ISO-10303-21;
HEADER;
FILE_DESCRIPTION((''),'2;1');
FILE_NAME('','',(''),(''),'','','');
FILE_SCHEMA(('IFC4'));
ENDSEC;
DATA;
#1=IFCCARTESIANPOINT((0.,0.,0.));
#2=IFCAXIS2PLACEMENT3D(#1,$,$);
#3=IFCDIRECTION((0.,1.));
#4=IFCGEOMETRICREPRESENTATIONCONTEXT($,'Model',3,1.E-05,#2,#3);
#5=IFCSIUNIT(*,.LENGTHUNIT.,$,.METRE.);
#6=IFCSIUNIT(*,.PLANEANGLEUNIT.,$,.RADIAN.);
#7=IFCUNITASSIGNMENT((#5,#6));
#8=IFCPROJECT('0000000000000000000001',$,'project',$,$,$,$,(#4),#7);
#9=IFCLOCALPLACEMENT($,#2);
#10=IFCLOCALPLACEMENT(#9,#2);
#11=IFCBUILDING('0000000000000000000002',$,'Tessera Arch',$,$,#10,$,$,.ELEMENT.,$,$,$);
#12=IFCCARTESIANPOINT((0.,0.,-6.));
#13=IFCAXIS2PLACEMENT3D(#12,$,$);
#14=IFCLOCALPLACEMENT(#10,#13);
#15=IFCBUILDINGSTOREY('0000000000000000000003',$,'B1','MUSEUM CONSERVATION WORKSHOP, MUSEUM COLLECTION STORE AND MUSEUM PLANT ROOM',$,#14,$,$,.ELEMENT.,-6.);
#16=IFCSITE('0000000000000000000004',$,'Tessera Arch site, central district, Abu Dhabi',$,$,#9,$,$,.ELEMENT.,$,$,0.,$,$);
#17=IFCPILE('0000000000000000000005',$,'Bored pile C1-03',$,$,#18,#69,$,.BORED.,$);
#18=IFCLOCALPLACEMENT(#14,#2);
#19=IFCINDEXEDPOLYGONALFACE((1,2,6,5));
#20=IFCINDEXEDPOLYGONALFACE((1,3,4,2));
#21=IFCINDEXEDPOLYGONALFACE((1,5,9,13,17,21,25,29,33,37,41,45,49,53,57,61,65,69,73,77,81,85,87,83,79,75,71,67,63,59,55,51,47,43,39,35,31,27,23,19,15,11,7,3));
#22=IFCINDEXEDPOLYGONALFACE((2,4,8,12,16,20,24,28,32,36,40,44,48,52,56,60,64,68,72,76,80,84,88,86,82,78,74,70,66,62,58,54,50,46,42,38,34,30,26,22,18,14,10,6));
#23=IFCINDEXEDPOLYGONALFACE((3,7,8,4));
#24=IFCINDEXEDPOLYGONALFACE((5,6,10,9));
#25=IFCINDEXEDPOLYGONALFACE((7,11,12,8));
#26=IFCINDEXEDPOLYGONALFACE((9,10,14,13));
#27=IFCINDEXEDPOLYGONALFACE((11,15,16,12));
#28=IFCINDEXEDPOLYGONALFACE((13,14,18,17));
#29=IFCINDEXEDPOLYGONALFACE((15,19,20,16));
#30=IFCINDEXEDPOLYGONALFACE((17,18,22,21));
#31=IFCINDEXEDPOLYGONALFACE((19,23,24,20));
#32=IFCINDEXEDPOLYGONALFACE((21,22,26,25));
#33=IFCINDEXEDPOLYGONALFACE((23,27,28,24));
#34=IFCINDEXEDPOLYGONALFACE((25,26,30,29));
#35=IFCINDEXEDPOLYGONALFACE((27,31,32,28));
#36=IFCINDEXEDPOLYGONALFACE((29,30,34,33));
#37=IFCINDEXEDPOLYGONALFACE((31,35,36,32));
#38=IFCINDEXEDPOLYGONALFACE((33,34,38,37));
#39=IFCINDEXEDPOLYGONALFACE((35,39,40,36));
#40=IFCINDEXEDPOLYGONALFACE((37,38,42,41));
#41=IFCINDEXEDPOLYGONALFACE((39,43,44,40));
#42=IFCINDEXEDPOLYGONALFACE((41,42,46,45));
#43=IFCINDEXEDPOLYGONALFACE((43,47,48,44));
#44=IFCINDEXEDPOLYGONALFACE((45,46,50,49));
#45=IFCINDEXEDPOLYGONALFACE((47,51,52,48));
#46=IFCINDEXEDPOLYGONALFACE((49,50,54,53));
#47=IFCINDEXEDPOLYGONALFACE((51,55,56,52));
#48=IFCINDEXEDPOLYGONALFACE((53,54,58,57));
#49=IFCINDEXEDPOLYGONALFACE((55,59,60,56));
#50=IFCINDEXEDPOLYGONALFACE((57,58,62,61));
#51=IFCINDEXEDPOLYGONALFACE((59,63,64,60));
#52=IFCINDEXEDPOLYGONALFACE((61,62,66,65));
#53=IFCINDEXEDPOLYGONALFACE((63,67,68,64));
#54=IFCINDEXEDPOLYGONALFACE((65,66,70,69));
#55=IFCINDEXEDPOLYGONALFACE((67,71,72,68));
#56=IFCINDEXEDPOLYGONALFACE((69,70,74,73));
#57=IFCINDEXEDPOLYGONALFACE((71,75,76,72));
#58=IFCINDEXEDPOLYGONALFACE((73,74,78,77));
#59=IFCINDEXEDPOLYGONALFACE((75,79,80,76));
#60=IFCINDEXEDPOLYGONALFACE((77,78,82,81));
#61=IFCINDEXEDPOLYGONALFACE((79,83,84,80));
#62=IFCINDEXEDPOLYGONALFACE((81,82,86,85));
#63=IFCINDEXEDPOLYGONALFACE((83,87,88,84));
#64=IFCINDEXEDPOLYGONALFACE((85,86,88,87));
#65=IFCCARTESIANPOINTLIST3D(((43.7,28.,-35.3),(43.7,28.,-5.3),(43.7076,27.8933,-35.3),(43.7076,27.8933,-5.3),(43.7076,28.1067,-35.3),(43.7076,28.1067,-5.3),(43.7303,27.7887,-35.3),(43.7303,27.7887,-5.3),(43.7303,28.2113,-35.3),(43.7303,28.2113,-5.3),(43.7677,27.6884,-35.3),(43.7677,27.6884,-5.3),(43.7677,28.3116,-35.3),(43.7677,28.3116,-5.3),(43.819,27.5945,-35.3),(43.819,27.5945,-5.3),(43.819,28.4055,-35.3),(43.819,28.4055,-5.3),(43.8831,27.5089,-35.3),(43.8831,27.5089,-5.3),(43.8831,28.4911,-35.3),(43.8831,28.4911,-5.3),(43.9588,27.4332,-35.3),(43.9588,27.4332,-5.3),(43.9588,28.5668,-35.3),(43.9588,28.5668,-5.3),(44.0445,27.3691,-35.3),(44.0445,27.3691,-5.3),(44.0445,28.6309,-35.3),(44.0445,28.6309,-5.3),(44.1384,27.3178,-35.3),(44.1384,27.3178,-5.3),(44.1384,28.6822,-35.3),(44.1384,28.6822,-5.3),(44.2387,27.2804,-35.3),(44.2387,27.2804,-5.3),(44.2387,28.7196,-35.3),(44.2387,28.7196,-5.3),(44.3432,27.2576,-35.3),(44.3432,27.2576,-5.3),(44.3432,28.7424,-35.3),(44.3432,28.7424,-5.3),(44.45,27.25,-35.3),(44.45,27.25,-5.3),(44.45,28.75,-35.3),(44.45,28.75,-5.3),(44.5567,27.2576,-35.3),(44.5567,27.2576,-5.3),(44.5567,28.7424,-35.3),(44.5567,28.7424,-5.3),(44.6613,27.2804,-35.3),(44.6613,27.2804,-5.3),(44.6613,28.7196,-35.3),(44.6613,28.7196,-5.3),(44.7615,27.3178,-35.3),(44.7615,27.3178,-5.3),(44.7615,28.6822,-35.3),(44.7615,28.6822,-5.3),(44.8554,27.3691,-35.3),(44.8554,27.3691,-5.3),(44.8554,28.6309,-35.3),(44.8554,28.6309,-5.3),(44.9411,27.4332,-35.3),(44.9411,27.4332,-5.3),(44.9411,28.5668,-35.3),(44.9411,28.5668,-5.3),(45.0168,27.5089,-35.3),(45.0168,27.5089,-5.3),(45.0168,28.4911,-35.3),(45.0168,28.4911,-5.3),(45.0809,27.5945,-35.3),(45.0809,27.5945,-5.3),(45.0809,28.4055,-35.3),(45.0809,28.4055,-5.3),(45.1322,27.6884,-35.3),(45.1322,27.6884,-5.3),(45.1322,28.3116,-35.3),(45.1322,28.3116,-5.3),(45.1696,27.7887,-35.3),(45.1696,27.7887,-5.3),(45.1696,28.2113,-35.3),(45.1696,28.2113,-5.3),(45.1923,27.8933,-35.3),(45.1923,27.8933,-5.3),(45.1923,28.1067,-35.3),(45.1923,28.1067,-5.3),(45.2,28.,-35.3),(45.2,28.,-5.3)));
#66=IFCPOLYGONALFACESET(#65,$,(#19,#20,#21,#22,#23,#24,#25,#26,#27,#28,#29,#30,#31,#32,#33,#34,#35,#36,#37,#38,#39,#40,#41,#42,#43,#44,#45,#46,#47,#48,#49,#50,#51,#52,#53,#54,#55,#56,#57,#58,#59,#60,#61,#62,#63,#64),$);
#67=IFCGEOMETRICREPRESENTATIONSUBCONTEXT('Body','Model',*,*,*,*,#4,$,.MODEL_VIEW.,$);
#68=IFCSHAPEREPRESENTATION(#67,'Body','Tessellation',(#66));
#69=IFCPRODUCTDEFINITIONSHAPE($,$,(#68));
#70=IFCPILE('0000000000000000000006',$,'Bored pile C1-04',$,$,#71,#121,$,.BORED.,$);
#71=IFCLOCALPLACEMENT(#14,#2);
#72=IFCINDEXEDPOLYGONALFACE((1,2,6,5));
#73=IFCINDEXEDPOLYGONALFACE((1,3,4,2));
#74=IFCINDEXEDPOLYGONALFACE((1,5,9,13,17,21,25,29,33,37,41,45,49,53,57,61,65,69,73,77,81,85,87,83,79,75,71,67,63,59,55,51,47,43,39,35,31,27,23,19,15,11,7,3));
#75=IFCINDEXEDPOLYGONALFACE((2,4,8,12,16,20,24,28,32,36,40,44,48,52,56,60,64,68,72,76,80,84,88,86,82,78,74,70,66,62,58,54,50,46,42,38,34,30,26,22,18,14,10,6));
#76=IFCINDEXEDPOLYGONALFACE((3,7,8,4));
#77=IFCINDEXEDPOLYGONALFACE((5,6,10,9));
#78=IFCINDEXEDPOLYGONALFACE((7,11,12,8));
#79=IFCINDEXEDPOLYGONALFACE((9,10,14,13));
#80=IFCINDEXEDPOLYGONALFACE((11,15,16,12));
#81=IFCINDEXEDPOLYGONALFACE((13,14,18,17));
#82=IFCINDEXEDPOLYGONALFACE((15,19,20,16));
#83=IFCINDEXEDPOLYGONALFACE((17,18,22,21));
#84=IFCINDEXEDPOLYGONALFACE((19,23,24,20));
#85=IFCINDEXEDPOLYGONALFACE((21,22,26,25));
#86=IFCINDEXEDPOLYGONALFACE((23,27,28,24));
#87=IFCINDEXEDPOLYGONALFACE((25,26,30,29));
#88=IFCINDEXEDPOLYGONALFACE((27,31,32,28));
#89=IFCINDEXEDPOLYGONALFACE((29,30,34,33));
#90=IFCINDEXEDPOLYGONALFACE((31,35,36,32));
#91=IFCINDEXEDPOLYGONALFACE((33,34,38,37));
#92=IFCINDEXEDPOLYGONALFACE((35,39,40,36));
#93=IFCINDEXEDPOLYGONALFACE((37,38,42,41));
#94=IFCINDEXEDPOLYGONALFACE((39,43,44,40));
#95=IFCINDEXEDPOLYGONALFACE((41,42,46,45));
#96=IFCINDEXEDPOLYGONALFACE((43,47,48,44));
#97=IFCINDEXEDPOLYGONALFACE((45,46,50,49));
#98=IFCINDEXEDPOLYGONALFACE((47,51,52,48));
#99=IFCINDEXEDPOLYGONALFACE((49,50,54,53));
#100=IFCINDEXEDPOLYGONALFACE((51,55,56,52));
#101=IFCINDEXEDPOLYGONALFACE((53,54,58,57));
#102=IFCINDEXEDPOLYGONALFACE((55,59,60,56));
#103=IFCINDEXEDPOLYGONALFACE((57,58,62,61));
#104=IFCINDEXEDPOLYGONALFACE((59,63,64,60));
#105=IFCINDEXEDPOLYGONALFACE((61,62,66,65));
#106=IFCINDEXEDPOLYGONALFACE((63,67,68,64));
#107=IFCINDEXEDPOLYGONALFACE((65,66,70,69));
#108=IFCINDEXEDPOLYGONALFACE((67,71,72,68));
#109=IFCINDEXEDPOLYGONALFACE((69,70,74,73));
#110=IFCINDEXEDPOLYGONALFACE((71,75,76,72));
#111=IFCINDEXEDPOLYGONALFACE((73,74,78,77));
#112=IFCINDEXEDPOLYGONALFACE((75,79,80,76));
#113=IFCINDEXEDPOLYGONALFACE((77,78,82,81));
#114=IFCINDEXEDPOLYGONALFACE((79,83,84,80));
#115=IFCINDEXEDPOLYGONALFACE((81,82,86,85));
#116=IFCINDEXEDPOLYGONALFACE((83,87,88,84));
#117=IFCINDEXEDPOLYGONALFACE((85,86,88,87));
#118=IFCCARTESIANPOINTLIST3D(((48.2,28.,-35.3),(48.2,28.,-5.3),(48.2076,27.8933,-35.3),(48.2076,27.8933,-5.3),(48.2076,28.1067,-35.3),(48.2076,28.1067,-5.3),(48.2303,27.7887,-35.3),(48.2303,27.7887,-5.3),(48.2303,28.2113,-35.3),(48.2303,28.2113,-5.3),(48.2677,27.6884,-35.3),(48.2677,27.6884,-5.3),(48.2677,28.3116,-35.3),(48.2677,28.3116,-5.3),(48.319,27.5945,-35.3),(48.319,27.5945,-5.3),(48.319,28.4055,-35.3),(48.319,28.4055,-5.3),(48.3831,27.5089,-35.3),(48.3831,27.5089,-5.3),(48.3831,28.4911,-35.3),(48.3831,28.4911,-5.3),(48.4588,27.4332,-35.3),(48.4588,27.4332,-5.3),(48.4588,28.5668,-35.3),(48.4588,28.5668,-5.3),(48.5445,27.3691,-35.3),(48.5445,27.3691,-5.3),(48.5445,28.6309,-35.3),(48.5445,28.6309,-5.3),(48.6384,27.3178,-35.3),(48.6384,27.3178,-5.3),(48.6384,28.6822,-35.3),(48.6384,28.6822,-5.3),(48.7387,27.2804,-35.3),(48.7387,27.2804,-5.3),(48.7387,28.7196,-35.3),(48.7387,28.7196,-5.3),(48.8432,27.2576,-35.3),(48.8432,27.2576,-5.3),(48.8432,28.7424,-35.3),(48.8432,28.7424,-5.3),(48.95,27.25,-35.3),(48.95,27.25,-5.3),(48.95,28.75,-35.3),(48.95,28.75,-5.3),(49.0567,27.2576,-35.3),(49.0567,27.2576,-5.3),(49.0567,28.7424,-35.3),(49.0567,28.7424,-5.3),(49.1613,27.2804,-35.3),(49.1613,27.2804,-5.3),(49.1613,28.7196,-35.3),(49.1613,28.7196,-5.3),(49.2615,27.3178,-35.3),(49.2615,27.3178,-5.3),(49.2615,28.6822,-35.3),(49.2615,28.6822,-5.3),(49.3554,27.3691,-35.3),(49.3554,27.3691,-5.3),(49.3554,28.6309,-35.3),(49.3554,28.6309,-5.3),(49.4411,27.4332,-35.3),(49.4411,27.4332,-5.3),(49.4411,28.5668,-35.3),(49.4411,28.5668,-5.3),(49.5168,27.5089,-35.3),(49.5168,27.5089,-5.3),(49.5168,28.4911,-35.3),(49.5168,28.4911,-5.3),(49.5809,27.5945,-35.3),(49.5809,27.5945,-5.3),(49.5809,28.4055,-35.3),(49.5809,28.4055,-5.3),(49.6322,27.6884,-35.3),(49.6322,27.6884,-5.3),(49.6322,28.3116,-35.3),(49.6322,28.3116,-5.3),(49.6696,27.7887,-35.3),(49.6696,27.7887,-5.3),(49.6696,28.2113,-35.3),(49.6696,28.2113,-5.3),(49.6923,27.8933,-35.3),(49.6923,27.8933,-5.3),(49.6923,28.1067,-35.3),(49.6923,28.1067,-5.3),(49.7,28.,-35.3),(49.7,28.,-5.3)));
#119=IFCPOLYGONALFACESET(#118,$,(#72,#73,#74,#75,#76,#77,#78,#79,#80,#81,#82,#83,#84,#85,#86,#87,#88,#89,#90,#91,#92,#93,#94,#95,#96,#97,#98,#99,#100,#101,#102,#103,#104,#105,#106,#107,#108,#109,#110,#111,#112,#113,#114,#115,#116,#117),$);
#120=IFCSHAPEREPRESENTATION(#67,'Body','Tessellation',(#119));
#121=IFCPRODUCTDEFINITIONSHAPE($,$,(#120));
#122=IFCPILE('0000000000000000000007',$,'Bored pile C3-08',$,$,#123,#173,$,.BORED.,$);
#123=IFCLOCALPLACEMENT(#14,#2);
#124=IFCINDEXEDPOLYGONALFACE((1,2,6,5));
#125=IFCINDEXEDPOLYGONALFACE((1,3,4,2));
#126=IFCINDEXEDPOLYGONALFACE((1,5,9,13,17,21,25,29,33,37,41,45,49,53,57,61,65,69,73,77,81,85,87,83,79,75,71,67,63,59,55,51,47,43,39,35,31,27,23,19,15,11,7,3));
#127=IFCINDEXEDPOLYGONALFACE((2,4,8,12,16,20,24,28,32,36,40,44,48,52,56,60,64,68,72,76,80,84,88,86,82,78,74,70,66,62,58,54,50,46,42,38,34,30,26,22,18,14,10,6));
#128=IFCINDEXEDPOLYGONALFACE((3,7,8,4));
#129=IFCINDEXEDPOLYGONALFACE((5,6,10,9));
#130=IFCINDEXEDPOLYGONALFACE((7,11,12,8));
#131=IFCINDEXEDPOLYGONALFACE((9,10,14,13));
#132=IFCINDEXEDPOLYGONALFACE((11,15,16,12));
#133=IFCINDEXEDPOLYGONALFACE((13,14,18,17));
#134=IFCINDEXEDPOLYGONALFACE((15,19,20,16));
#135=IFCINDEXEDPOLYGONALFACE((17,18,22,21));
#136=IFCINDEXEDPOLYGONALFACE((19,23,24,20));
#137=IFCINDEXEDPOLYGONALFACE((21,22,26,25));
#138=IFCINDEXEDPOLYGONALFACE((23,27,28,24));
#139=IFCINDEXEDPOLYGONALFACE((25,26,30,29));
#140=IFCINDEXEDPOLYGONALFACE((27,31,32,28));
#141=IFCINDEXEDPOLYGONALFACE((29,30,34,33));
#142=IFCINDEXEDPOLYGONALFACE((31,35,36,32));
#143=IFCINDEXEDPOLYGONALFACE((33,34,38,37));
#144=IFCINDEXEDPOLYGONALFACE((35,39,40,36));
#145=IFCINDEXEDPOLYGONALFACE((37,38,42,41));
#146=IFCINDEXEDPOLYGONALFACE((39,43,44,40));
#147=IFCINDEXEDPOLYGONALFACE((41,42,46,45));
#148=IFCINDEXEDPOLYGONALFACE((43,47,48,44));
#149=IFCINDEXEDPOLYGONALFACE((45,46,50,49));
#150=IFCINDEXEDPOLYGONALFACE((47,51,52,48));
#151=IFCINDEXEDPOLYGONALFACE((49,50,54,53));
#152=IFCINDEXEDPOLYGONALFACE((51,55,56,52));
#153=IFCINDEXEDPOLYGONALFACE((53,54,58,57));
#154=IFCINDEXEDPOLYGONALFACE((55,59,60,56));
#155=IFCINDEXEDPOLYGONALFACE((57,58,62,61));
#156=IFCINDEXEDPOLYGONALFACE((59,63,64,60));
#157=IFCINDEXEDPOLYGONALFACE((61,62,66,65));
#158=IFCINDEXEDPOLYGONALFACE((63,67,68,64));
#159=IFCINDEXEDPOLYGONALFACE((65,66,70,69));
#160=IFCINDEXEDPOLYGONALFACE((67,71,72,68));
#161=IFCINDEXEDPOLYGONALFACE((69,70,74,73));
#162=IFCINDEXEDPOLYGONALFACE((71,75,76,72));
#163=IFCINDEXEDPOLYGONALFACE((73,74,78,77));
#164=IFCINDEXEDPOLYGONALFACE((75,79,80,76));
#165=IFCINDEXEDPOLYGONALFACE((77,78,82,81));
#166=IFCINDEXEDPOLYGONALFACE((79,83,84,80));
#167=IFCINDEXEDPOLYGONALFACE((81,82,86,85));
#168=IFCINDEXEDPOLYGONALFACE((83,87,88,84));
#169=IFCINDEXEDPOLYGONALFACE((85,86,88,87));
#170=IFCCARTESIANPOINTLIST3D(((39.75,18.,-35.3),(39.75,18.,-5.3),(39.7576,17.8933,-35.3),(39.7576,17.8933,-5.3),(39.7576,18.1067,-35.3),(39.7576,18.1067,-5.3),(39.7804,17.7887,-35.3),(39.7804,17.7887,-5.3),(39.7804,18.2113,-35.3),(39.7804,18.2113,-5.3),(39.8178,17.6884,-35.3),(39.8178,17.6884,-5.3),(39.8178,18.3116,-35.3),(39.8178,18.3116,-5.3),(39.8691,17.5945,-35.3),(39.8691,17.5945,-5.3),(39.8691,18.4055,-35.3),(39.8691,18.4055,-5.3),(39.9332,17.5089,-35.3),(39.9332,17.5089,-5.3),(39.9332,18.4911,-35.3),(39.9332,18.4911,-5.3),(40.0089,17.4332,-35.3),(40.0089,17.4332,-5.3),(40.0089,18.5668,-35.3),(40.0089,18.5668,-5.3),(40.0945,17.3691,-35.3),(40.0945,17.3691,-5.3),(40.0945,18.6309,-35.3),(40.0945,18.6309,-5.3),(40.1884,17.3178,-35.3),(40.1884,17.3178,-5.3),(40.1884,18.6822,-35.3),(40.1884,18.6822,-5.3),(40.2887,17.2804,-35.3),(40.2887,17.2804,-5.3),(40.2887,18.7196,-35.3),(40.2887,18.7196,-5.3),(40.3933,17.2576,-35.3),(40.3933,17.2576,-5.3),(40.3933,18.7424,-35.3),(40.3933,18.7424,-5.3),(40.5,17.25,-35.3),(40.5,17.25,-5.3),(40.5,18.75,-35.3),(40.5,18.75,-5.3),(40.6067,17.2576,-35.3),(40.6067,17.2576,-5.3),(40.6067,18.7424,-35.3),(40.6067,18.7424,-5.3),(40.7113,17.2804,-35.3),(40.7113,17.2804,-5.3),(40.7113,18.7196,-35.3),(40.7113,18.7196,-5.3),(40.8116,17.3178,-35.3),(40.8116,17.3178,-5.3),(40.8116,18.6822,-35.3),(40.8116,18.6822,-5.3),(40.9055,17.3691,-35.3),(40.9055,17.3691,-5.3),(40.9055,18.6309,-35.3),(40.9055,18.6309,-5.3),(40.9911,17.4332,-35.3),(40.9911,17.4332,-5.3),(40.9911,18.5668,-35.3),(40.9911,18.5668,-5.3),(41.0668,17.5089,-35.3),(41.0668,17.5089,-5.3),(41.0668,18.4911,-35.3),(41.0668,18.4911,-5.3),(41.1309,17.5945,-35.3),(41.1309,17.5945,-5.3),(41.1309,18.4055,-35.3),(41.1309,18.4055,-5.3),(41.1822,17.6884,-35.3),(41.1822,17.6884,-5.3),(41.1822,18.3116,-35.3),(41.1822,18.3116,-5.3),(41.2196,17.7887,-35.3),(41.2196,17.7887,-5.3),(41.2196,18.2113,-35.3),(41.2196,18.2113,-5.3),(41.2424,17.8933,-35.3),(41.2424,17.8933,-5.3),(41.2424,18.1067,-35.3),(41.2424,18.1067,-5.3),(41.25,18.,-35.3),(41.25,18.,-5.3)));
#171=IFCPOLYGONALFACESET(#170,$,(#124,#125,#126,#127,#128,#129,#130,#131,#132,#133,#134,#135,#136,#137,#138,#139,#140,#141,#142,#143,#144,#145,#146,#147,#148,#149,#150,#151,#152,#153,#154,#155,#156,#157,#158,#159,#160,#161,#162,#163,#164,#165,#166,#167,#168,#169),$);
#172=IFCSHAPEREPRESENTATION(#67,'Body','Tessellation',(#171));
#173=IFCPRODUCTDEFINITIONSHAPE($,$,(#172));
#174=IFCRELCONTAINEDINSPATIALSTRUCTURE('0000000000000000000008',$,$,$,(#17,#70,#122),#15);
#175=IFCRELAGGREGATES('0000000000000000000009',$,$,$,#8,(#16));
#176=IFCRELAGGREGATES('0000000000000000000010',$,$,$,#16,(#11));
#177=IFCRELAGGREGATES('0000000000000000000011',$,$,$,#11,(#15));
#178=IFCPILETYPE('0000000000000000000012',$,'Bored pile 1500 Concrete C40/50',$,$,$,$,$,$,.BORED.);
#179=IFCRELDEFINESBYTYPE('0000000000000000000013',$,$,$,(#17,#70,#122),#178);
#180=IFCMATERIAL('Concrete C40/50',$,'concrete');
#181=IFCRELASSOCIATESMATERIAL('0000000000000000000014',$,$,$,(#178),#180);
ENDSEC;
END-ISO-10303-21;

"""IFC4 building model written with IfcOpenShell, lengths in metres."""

from ifc_helpers import new_model, si_unit, direction, frame, origin, origin_2d, place, context, subcontext, project, spatial, circle, extrude, material, type_object, element, save


model = new_model("IFC4")

# Units and contexts
model_context = context("Model", 3, precision=1e-05, world=origin(), true_north=direction((0.0, 1.0)))
body_context = subcontext(model_context, "Body", "Model", "MODEL_VIEW")
ifc_project = project(units=[si_unit("LENGTHUNIT", "METRE"), si_unit("PLANEANGLEUNIT", "RADIAN")], contexts=[model_context])

# Site, building, storey
site_placement = place(None, origin())
site = spatial("IfcSite", under=ifc_project, at=site_placement, Name="Tessera Arch site, central district, Abu Dhabi", CompositionType="ELEMENT", RefElevation=0.0)
building_placement = place(site_placement, origin())
building = spatial("IfcBuilding", under=site, at=building_placement, Name="Tessera Arch", CompositionType="ELEMENT")
storey_placement = place(building_placement, frame((0.0, 0.0, -6.0)))
storey = spatial("IfcBuildingStorey", under=building, at=storey_placement, Name="B1", Description="MUSEUM CONSERVATION WORKSHOP, MUSEUM COLLECTION STORE AND MUSEUM PLANT ROOM", CompositionType="ELEMENT", Elevation=-6.0)

# Piles
ifc_material_1 = material(Name="Concrete C40/50", Category="concrete")
pile_type = type_object("IfcPileType", Name="Bored pile 1500 Concrete C40/50", PredefinedType="BORED", material=ifc_material_1)
for number, where, z_axis, x_axis, name in (
    (1, (44.45, 28.0, -5.3), (0.0, 0.0, -1.0), (1.0, 0.0, 0.0), "Bored pile C1-03"),
    (2, (48.95, 28.0, -5.3), (0.0, 0.0, -1.0), (1.0, 0.0, 0.0), "Bored pile C1-04"),
    (3, (40.5, 18.0, -5.3), (0.0, 0.0, -1.0), (1.0, 0.0, 0.0), "Bored pile C3-08"),
):
    element("IfcPile", number, at=place(storey_placement, frame(where, z_axis=z_axis, x_axis=x_axis)), inside=storey, type_object=pile_type, Name=name, PredefinedType="BORED", context=body_context, shape_type="SweptSolid", body=[
        extrude(circle(Radius=0.75, at=origin_2d()), origin(), (0.0, 0.0, 1.0), 30.0),
    ])

save(model, "model.ifc")
